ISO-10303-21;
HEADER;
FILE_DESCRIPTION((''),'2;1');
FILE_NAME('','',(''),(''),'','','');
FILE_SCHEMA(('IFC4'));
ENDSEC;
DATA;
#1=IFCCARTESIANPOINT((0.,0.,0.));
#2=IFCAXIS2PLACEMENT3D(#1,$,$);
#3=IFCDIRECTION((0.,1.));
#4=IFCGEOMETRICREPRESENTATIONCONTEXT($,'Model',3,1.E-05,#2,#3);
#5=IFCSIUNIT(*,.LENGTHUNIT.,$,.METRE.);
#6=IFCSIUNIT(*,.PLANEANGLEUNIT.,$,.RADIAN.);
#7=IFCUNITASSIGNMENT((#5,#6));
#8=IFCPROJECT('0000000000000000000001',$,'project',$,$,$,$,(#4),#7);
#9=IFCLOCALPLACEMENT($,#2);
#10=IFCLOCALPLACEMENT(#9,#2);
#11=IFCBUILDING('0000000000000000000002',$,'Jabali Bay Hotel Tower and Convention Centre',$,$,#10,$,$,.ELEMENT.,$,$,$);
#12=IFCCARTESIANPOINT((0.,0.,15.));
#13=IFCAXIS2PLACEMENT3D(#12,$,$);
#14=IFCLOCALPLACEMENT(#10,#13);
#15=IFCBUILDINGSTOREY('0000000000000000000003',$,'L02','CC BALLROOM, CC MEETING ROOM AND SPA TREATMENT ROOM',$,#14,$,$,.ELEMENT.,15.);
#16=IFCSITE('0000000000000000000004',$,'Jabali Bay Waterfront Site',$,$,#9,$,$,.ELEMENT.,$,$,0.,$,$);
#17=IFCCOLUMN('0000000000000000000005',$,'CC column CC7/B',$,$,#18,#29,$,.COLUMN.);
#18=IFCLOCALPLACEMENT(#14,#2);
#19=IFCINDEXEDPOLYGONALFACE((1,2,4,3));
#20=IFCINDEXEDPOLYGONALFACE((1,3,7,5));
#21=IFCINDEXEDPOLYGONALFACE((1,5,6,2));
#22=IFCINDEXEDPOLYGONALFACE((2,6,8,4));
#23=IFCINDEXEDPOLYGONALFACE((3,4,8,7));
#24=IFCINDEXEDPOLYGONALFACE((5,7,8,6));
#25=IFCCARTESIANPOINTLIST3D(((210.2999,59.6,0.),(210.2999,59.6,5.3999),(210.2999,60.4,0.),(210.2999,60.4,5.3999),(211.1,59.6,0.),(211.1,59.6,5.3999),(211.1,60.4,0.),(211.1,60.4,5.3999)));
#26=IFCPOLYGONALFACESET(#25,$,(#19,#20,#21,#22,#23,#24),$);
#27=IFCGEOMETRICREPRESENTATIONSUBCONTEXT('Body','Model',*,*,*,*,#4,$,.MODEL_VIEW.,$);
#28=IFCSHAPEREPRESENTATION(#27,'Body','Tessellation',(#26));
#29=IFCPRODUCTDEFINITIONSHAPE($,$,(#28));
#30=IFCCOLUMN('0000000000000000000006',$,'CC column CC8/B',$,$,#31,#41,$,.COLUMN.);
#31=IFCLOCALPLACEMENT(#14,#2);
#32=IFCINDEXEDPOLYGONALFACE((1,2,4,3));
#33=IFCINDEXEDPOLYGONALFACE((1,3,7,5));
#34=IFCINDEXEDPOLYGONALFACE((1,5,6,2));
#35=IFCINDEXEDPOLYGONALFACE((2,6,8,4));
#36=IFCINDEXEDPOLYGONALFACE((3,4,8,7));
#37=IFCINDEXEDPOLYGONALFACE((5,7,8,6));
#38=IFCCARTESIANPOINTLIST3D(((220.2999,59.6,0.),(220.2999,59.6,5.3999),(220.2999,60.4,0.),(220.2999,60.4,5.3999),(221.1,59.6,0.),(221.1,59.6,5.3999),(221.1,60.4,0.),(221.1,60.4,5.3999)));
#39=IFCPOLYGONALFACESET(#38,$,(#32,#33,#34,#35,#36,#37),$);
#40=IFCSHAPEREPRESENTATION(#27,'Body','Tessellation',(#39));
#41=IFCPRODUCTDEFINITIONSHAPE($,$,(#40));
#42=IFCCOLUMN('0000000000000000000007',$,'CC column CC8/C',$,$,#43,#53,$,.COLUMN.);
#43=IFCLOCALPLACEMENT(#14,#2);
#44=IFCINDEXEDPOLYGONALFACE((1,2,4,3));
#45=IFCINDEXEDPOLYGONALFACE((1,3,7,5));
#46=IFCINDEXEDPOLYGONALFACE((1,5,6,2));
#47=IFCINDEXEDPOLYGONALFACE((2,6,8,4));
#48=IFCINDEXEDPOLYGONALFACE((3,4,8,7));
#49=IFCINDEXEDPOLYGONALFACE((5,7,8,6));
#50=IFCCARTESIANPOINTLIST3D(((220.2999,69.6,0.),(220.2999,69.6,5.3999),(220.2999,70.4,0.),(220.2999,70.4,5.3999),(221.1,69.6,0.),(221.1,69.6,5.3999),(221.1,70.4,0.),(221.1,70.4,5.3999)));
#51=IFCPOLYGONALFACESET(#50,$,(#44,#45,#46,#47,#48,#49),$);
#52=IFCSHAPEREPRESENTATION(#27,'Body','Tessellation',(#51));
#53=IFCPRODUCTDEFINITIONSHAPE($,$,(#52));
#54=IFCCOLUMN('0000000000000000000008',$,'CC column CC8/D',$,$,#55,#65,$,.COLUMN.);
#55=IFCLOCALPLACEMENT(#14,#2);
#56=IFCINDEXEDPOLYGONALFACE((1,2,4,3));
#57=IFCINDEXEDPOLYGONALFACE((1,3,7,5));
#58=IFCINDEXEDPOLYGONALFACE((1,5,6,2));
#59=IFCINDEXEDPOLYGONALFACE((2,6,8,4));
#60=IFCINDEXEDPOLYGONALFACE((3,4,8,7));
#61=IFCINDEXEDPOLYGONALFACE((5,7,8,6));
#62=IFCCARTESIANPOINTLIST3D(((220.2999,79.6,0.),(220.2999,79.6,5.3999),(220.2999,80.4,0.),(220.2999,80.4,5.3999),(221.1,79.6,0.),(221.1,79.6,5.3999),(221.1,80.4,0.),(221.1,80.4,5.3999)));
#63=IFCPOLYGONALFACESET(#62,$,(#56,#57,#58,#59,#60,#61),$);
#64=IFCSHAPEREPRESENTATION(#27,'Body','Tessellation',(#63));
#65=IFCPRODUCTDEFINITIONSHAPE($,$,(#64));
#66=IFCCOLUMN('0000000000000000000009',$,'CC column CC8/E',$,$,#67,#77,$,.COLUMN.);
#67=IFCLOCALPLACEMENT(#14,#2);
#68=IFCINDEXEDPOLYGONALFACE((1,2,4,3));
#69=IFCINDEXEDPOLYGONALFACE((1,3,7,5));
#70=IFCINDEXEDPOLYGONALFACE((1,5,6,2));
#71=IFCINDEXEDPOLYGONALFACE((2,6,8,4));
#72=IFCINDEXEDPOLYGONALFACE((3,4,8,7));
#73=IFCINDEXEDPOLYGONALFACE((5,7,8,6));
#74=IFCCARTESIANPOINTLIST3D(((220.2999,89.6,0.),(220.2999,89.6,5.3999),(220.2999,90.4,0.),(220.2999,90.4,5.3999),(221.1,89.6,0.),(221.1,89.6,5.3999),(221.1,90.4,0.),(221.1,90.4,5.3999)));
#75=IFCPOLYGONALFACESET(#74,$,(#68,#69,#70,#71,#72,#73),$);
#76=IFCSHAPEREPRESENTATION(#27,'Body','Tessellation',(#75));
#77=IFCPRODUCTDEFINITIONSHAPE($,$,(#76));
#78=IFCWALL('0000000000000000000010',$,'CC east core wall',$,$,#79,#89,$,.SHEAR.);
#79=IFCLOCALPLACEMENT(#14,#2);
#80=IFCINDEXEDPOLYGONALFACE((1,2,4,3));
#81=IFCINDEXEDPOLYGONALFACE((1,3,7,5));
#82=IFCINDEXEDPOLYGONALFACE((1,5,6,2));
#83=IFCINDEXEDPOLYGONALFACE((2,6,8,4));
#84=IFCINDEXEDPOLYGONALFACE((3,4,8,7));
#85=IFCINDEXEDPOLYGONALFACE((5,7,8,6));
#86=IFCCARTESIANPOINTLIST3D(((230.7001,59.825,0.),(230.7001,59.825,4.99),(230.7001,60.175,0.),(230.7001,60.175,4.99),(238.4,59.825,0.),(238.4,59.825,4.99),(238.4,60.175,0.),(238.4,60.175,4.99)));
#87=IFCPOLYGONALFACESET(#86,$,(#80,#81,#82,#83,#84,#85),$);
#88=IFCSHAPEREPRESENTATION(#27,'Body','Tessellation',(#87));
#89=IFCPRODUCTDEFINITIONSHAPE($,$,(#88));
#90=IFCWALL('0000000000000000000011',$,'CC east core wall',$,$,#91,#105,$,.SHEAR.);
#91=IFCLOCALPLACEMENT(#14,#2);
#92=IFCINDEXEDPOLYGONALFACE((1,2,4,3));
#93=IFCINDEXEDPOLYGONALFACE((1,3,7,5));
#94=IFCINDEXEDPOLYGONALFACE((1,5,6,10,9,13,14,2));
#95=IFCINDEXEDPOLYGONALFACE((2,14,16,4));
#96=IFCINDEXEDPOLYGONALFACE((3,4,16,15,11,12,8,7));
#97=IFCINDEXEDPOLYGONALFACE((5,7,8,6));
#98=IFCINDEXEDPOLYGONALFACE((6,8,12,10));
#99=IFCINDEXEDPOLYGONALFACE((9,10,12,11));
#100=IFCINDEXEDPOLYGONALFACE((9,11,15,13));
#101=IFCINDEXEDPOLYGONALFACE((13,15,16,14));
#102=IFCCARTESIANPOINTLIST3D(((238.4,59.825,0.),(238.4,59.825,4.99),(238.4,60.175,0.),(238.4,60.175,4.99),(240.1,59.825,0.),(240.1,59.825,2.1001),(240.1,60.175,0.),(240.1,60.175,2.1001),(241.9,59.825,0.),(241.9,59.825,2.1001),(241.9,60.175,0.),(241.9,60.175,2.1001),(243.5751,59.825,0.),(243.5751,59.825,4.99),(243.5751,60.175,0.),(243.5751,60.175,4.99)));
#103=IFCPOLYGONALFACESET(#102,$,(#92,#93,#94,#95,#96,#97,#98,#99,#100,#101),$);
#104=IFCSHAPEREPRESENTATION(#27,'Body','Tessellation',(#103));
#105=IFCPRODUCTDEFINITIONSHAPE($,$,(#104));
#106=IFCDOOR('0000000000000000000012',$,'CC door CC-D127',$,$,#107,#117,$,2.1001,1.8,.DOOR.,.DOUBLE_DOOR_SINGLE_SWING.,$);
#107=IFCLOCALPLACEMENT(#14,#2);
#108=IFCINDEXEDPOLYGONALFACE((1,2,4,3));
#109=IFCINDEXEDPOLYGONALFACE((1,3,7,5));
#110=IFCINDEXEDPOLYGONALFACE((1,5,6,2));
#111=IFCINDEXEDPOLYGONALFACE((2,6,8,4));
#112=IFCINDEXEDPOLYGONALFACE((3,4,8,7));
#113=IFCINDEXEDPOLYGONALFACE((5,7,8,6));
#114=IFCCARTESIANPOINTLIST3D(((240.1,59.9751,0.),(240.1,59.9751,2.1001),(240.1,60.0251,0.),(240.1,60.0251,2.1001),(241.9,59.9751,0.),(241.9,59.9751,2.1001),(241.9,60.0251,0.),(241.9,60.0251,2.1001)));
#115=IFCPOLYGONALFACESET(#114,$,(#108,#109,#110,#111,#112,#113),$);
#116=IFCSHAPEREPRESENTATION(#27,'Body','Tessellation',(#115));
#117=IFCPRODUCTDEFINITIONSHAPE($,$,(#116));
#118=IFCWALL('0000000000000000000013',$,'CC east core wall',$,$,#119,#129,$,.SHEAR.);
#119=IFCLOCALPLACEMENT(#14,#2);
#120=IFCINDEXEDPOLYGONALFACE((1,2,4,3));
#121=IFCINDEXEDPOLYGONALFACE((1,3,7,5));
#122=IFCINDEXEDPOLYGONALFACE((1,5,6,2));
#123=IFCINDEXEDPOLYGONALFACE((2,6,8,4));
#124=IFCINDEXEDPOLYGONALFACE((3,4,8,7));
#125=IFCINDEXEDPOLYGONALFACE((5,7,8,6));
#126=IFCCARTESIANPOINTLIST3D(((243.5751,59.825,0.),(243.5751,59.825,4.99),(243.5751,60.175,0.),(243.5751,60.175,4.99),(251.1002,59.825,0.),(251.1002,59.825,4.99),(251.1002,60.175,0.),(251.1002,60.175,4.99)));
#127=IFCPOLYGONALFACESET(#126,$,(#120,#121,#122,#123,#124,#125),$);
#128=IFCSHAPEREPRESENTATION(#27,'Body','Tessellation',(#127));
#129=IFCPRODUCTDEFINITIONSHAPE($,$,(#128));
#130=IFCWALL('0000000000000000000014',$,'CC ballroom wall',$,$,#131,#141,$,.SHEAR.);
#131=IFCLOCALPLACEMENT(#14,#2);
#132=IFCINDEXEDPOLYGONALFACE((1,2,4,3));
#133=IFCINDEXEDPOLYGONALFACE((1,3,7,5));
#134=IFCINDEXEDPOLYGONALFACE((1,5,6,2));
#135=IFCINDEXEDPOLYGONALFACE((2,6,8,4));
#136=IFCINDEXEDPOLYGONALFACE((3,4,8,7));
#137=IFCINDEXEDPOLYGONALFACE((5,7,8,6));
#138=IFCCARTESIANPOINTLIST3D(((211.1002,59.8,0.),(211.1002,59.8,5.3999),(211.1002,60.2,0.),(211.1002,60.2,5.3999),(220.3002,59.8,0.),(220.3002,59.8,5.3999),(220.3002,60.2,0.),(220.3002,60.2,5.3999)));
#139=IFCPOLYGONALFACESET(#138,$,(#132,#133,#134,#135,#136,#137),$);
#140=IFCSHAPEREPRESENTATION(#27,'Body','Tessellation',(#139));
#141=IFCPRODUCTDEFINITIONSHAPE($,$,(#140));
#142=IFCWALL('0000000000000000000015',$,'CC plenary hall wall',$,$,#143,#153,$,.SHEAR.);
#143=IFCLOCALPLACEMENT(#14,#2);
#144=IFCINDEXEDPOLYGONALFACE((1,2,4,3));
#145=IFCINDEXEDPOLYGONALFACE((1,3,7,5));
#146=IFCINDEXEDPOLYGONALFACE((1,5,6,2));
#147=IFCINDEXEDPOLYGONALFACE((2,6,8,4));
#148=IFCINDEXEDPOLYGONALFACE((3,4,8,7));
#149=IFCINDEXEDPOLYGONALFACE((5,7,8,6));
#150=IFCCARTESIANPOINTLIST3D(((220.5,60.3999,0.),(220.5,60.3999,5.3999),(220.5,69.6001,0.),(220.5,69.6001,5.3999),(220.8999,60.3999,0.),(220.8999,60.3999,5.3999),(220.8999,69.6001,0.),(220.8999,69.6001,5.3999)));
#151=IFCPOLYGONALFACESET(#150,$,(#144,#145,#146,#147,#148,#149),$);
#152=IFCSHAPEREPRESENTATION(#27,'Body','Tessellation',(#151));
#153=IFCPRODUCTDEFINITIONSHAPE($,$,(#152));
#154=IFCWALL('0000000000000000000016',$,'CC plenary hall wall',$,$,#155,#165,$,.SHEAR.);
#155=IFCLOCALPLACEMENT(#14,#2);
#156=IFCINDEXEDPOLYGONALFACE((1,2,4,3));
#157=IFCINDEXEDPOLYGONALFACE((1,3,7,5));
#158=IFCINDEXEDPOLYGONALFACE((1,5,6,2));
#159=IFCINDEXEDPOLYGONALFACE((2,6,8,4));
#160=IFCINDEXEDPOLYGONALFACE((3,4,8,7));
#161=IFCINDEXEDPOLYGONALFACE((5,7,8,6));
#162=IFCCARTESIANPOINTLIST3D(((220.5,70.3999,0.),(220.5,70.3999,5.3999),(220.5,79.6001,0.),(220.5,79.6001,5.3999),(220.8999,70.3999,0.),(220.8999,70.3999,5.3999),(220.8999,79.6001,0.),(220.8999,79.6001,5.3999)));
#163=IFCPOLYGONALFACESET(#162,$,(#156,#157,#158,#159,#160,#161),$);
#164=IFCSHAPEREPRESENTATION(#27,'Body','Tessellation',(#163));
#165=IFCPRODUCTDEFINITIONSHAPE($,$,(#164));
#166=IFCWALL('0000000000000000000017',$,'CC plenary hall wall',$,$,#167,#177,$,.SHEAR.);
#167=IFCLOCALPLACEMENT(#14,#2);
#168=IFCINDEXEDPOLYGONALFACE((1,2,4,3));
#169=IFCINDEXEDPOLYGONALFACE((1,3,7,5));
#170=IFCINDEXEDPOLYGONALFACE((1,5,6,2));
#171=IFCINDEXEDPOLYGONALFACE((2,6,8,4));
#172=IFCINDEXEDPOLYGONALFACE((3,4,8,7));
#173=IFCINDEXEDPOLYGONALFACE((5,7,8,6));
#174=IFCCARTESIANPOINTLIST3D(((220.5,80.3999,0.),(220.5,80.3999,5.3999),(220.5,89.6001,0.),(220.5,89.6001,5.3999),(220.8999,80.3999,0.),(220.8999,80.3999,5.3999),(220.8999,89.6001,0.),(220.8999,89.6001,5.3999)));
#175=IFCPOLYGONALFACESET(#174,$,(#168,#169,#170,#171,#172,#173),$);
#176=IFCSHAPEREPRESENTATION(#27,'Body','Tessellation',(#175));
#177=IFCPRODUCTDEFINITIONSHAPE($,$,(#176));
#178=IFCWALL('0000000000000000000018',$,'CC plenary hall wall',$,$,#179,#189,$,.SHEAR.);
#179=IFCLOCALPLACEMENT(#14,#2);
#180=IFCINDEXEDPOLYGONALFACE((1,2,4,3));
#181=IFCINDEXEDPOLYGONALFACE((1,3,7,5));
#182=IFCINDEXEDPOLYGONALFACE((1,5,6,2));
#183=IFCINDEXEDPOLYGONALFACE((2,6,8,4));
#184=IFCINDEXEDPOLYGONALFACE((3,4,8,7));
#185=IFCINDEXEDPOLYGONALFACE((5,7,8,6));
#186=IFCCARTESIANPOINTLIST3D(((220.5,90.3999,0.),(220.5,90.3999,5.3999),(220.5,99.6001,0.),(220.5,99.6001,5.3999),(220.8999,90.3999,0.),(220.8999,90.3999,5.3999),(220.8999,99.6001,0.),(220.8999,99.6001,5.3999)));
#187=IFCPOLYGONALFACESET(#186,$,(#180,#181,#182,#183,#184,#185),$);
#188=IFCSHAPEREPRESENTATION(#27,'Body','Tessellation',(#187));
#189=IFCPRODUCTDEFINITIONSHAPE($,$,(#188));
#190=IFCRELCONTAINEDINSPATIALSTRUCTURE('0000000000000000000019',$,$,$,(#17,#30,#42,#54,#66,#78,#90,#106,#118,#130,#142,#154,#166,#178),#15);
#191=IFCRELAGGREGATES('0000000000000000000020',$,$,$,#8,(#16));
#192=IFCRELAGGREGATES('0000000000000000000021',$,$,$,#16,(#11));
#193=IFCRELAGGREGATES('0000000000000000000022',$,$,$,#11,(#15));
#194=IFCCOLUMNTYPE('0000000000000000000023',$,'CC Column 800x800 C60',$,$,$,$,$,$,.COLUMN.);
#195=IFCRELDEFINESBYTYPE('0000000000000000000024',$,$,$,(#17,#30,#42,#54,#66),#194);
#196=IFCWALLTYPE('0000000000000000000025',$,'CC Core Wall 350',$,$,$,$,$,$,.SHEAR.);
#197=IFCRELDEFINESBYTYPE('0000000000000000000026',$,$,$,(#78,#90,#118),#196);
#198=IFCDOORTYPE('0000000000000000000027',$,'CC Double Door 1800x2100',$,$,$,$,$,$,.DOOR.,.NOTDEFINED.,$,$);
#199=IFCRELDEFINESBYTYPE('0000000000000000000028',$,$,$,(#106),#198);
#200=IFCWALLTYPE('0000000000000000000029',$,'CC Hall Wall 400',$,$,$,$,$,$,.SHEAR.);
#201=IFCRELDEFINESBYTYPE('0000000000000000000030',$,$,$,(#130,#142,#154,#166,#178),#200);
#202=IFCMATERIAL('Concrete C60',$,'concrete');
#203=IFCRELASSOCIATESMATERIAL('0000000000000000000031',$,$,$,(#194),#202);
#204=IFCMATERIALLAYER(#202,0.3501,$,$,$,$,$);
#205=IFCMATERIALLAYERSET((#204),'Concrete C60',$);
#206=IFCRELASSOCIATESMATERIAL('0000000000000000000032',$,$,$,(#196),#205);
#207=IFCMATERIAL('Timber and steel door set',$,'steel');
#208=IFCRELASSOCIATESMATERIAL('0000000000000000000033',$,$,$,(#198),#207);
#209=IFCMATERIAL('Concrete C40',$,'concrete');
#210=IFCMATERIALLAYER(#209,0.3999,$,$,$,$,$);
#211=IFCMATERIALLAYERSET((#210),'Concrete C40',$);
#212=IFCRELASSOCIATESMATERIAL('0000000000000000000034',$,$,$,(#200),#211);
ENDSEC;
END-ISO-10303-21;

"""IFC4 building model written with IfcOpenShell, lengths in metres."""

from ifc_helpers import new_model, si_unit, direction, frame, frame_2d, origin, origin_2d, place, context, subcontext, project, spatial, rectangle, extrude, material, layer, layer_set, material_profile, profile_set, type_object, element, fill, save


model = new_model("IFC4")

# Units and contexts
model_context = context("Model", 3, precision=1e-05, world=origin(), true_north=direction((0.0, 1.0)))
body_context = subcontext(model_context, "Body", "Model", "MODEL_VIEW")
ifc_project = project(units=[si_unit("LENGTHUNIT", "METRE"), si_unit("PLANEANGLEUNIT", "RADIAN")], contexts=[model_context])

# Site, building, storey
site_placement = place(None, origin())
site = spatial("IfcSite", under=ifc_project, at=site_placement, Name="Jabali Bay Waterfront Site", CompositionType="ELEMENT", RefElevation=0.0)
building_placement = place(site_placement, origin())
building = spatial("IfcBuilding", under=site, at=building_placement, Name="Jabali Bay Hotel Tower and Convention Centre", CompositionType="ELEMENT")
storey_placement = place(building_placement, frame((0.0, 0.0, 15.0)))
storey = spatial("IfcBuildingStorey", under=building, at=storey_placement, Name="L02", Description="CC BALLROOM, CC MEETING ROOM AND SPA TREATMENT ROOM", CompositionType="ELEMENT", Elevation=15.0)

# Columns
ifc_material_1 = material(Name="Concrete C60", Category="concrete")
ifc_material_profile = material_profile(ifc_material_1, rectangle(XDim=0.8, YDim=0.8, at=origin_2d()), Name="RC 800x800")
ifc_profile_set = profile_set([ifc_material_profile], Name="Concrete C60")
column_type = type_object("IfcColumnType", Name="CC Column 800x800 C60", PredefinedType="COLUMN", material=ifc_profile_set)
for number, where, z_axis, x_axis, name in (
    (1, (210.7, 60.0, 0.0), (0.0, 0.0, 1.0), (1.0, 0.0, 0.0), "CC column CC7/B"),
    (2, (220.7, 60.0, 0.0), (0.0, 0.0, 1.0), (1.0, 0.0, 0.0), "CC column CC8/B"),
    (3, (220.7, 70.0, 0.0), (0.0, 0.0, 1.0), (1.0, 0.0, 0.0), "CC column CC8/C"),
    (4, (220.7, 80.0, 0.0), (0.0, 0.0, 1.0), (1.0, 0.0, 0.0), "CC column CC8/D"),
    (5, (220.7, 90.0, 0.0), (0.0, 0.0, 1.0), (1.0, 0.0, 0.0), "CC column CC8/E"),
):
    element("IfcColumn", number, at=place(storey_placement, frame(where, z_axis=z_axis, x_axis=x_axis)), inside=storey, type_object=column_type, Name=name, PredefinedType="COLUMN", context=body_context, shape_type="SweptSolid", body=[
        extrude(rectangle(XDim=0.8, YDim=0.8, at=origin_2d()), origin(), (0.0, 0.0, 1.0), 5.3999),
    ])

# Wall
ifc_layer_1 = layer(ifc_material_1, 0.3501)
ifc_layer_set_1 = layer_set([ifc_layer_1], Name="Concrete C60")
wall_type_1 = type_object("IfcWallType", Name="CC Core Wall 350", PredefinedType="SHEAR", material=ifc_layer_set_1)
wall_1_placement = place(storey_placement, frame((230.7, 60.0, 0.0), z_axis=(0.0, 0.0, 1.0), x_axis=(1.0, 0.0, 0.0)))
element("IfcWall", 6, at=wall_1_placement, inside=storey, type_object=wall_type_1, Name="CC east core wall", PredefinedType="SHEAR", context=body_context, shape_type="SweptSolid", body=[
    extrude(rectangle(XDim=7.7, YDim=0.3501, at=frame_2d((3.8501, 0.0))), origin(), (0.0, 0.0, 1.0), 4.99),
])

# Wall, opening, door
wall_2_placement = place(storey_placement, frame((243.575, 60.0, 0.0), z_axis=(0.0, 0.0, 1.0), x_axis=(-1.0, 0.0, 0.0)))
wall_2 = element("IfcWall", 7, at=wall_2_placement, inside=storey, type_object=wall_type_1, Name="CC east core wall", PredefinedType="SHEAR", context=body_context, shape_type="SweptSolid", body=[
    extrude(rectangle(XDim=5.175, YDim=0.3501, at=frame_2d((2.5874, 0.0))), origin(), (0.0, 0.0, 1.0), 4.99),
])
opening_1_placement = place(wall_2_placement, frame((1.675, 0.0, 0.0)))
opening_1 = element("IfcOpeningElement", 8, at=opening_1_placement, cuts=wall_2, PredefinedType="OPENING", context=body_context, shape_type="SweptSolid", body=[
    extrude(rectangle(XDim=1.8, YDim=2.1001, at=frame_2d((0.8999, 1.05))), frame((0.0, 0.1855, 0.0), z_axis=(0.0, -1.0, 0.0), x_axis=(1.0, 0.0, 0.0)), (0.0, 0.0, 1.0), 0.3711),
])
ifc_material_2 = material(Name="Timber and steel door set", Category="steel")
door_type_1 = type_object("IfcDoorType", Name="CC Double Door 1800x2100", OperationType="NOTDEFINED", PredefinedType="DOOR", material=ifc_material_2)
door_1_placement = place(opening_1_placement, origin())
door_1 = element("IfcDoor", 9, at=door_1_placement, inside=storey, type_object=door_type_1, Name="CC door CC-D127", OperationType="DOUBLE_DOOR_SINGLE_SWING", OverallHeight=2.1001, OverallWidth=1.8, PredefinedType="DOOR", context=body_context, shape_type="SweptSolid", body=[
    extrude(rectangle(XDim=1.8, YDim=2.1001, at=frame_2d((0.8999, 1.05))), frame((0.0, 0.0249, 0.0), z_axis=(0.0, -1.0, 0.0), x_axis=(1.0, 0.0, 0.0)), (0.0, 0.0, 1.0), 0.05),
])
fill(opening_1, door_1)

# Walls
wall_3_placement = place(storey_placement, frame((243.575, 60.0, 0.0), z_axis=(0.0, 0.0, 1.0), x_axis=(1.0, 0.0, 0.0)))
element("IfcWall", 10, at=wall_3_placement, inside=storey, type_object=wall_type_1, Name="CC east core wall", PredefinedType="SHEAR", context=body_context, shape_type="SweptSolid", body=[
    extrude(rectangle(XDim=7.5251, YDim=0.3501, at=frame_2d((3.7627, 0.0))), origin(), (0.0, 0.0, 1.0), 4.99),
])
ifc_material_3 = material(Name="Concrete C40", Category="concrete")
ifc_layer_2 = layer(ifc_material_3, 0.3999)
ifc_layer_set_2 = layer_set([ifc_layer_2], Name="Concrete C40")
wall_type_2 = type_object("IfcWallType", Name="CC Hall Wall 400", PredefinedType="SHEAR", material=ifc_layer_set_2)
wall_4_placement = place(storey_placement, frame((211.1001, 60.0, 0.0), z_axis=(0.0, 0.0, 1.0), x_axis=(1.0, 0.0, 0.0)))
element("IfcWall", 11, at=wall_4_placement, inside=storey, type_object=wall_type_2, Name="CC ballroom wall", PredefinedType="SHEAR", context=body_context, shape_type="SweptSolid", body=[
    extrude(rectangle(XDim=9.2, YDim=0.3999, at=frame_2d((4.6001, 0.0))), origin(), (0.0, 0.0, 1.0), 5.3999),
])
for number, where, z_axis, x_axis, name in (
    (12, (220.7, 60.3999, 0.0), (0.0, 0.0, 1.0), (0.0, 1.0, 0.0), "CC plenary hall wall"),
    (13, (220.7, 70.3999, 0.0), (0.0, 0.0, 1.0), (0.0, 1.0, 0.0), "CC plenary hall wall"),
    (14, (220.7, 80.3999, 0.0), (0.0, 0.0, 1.0), (0.0, 1.0, 0.0), "CC plenary hall wall"),
    (15, (220.7, 90.3999, 0.0), (0.0, 0.0, 1.0), (0.0, 1.0, 0.0), "CC plenary hall wall"),
):
    element("IfcWall", number, at=place(storey_placement, frame(where, z_axis=z_axis, x_axis=x_axis)), inside=storey, type_object=wall_type_2, Name=name, PredefinedType="SHEAR", context=body_context, shape_type="SweptSolid", body=[
        extrude(rectangle(XDim=9.2002, YDim=0.3999, at=frame_2d((4.6001, 0.0))), origin(), (0.0, 0.0, 1.0), 5.3999),
    ])

save(model, "model.ifc")
